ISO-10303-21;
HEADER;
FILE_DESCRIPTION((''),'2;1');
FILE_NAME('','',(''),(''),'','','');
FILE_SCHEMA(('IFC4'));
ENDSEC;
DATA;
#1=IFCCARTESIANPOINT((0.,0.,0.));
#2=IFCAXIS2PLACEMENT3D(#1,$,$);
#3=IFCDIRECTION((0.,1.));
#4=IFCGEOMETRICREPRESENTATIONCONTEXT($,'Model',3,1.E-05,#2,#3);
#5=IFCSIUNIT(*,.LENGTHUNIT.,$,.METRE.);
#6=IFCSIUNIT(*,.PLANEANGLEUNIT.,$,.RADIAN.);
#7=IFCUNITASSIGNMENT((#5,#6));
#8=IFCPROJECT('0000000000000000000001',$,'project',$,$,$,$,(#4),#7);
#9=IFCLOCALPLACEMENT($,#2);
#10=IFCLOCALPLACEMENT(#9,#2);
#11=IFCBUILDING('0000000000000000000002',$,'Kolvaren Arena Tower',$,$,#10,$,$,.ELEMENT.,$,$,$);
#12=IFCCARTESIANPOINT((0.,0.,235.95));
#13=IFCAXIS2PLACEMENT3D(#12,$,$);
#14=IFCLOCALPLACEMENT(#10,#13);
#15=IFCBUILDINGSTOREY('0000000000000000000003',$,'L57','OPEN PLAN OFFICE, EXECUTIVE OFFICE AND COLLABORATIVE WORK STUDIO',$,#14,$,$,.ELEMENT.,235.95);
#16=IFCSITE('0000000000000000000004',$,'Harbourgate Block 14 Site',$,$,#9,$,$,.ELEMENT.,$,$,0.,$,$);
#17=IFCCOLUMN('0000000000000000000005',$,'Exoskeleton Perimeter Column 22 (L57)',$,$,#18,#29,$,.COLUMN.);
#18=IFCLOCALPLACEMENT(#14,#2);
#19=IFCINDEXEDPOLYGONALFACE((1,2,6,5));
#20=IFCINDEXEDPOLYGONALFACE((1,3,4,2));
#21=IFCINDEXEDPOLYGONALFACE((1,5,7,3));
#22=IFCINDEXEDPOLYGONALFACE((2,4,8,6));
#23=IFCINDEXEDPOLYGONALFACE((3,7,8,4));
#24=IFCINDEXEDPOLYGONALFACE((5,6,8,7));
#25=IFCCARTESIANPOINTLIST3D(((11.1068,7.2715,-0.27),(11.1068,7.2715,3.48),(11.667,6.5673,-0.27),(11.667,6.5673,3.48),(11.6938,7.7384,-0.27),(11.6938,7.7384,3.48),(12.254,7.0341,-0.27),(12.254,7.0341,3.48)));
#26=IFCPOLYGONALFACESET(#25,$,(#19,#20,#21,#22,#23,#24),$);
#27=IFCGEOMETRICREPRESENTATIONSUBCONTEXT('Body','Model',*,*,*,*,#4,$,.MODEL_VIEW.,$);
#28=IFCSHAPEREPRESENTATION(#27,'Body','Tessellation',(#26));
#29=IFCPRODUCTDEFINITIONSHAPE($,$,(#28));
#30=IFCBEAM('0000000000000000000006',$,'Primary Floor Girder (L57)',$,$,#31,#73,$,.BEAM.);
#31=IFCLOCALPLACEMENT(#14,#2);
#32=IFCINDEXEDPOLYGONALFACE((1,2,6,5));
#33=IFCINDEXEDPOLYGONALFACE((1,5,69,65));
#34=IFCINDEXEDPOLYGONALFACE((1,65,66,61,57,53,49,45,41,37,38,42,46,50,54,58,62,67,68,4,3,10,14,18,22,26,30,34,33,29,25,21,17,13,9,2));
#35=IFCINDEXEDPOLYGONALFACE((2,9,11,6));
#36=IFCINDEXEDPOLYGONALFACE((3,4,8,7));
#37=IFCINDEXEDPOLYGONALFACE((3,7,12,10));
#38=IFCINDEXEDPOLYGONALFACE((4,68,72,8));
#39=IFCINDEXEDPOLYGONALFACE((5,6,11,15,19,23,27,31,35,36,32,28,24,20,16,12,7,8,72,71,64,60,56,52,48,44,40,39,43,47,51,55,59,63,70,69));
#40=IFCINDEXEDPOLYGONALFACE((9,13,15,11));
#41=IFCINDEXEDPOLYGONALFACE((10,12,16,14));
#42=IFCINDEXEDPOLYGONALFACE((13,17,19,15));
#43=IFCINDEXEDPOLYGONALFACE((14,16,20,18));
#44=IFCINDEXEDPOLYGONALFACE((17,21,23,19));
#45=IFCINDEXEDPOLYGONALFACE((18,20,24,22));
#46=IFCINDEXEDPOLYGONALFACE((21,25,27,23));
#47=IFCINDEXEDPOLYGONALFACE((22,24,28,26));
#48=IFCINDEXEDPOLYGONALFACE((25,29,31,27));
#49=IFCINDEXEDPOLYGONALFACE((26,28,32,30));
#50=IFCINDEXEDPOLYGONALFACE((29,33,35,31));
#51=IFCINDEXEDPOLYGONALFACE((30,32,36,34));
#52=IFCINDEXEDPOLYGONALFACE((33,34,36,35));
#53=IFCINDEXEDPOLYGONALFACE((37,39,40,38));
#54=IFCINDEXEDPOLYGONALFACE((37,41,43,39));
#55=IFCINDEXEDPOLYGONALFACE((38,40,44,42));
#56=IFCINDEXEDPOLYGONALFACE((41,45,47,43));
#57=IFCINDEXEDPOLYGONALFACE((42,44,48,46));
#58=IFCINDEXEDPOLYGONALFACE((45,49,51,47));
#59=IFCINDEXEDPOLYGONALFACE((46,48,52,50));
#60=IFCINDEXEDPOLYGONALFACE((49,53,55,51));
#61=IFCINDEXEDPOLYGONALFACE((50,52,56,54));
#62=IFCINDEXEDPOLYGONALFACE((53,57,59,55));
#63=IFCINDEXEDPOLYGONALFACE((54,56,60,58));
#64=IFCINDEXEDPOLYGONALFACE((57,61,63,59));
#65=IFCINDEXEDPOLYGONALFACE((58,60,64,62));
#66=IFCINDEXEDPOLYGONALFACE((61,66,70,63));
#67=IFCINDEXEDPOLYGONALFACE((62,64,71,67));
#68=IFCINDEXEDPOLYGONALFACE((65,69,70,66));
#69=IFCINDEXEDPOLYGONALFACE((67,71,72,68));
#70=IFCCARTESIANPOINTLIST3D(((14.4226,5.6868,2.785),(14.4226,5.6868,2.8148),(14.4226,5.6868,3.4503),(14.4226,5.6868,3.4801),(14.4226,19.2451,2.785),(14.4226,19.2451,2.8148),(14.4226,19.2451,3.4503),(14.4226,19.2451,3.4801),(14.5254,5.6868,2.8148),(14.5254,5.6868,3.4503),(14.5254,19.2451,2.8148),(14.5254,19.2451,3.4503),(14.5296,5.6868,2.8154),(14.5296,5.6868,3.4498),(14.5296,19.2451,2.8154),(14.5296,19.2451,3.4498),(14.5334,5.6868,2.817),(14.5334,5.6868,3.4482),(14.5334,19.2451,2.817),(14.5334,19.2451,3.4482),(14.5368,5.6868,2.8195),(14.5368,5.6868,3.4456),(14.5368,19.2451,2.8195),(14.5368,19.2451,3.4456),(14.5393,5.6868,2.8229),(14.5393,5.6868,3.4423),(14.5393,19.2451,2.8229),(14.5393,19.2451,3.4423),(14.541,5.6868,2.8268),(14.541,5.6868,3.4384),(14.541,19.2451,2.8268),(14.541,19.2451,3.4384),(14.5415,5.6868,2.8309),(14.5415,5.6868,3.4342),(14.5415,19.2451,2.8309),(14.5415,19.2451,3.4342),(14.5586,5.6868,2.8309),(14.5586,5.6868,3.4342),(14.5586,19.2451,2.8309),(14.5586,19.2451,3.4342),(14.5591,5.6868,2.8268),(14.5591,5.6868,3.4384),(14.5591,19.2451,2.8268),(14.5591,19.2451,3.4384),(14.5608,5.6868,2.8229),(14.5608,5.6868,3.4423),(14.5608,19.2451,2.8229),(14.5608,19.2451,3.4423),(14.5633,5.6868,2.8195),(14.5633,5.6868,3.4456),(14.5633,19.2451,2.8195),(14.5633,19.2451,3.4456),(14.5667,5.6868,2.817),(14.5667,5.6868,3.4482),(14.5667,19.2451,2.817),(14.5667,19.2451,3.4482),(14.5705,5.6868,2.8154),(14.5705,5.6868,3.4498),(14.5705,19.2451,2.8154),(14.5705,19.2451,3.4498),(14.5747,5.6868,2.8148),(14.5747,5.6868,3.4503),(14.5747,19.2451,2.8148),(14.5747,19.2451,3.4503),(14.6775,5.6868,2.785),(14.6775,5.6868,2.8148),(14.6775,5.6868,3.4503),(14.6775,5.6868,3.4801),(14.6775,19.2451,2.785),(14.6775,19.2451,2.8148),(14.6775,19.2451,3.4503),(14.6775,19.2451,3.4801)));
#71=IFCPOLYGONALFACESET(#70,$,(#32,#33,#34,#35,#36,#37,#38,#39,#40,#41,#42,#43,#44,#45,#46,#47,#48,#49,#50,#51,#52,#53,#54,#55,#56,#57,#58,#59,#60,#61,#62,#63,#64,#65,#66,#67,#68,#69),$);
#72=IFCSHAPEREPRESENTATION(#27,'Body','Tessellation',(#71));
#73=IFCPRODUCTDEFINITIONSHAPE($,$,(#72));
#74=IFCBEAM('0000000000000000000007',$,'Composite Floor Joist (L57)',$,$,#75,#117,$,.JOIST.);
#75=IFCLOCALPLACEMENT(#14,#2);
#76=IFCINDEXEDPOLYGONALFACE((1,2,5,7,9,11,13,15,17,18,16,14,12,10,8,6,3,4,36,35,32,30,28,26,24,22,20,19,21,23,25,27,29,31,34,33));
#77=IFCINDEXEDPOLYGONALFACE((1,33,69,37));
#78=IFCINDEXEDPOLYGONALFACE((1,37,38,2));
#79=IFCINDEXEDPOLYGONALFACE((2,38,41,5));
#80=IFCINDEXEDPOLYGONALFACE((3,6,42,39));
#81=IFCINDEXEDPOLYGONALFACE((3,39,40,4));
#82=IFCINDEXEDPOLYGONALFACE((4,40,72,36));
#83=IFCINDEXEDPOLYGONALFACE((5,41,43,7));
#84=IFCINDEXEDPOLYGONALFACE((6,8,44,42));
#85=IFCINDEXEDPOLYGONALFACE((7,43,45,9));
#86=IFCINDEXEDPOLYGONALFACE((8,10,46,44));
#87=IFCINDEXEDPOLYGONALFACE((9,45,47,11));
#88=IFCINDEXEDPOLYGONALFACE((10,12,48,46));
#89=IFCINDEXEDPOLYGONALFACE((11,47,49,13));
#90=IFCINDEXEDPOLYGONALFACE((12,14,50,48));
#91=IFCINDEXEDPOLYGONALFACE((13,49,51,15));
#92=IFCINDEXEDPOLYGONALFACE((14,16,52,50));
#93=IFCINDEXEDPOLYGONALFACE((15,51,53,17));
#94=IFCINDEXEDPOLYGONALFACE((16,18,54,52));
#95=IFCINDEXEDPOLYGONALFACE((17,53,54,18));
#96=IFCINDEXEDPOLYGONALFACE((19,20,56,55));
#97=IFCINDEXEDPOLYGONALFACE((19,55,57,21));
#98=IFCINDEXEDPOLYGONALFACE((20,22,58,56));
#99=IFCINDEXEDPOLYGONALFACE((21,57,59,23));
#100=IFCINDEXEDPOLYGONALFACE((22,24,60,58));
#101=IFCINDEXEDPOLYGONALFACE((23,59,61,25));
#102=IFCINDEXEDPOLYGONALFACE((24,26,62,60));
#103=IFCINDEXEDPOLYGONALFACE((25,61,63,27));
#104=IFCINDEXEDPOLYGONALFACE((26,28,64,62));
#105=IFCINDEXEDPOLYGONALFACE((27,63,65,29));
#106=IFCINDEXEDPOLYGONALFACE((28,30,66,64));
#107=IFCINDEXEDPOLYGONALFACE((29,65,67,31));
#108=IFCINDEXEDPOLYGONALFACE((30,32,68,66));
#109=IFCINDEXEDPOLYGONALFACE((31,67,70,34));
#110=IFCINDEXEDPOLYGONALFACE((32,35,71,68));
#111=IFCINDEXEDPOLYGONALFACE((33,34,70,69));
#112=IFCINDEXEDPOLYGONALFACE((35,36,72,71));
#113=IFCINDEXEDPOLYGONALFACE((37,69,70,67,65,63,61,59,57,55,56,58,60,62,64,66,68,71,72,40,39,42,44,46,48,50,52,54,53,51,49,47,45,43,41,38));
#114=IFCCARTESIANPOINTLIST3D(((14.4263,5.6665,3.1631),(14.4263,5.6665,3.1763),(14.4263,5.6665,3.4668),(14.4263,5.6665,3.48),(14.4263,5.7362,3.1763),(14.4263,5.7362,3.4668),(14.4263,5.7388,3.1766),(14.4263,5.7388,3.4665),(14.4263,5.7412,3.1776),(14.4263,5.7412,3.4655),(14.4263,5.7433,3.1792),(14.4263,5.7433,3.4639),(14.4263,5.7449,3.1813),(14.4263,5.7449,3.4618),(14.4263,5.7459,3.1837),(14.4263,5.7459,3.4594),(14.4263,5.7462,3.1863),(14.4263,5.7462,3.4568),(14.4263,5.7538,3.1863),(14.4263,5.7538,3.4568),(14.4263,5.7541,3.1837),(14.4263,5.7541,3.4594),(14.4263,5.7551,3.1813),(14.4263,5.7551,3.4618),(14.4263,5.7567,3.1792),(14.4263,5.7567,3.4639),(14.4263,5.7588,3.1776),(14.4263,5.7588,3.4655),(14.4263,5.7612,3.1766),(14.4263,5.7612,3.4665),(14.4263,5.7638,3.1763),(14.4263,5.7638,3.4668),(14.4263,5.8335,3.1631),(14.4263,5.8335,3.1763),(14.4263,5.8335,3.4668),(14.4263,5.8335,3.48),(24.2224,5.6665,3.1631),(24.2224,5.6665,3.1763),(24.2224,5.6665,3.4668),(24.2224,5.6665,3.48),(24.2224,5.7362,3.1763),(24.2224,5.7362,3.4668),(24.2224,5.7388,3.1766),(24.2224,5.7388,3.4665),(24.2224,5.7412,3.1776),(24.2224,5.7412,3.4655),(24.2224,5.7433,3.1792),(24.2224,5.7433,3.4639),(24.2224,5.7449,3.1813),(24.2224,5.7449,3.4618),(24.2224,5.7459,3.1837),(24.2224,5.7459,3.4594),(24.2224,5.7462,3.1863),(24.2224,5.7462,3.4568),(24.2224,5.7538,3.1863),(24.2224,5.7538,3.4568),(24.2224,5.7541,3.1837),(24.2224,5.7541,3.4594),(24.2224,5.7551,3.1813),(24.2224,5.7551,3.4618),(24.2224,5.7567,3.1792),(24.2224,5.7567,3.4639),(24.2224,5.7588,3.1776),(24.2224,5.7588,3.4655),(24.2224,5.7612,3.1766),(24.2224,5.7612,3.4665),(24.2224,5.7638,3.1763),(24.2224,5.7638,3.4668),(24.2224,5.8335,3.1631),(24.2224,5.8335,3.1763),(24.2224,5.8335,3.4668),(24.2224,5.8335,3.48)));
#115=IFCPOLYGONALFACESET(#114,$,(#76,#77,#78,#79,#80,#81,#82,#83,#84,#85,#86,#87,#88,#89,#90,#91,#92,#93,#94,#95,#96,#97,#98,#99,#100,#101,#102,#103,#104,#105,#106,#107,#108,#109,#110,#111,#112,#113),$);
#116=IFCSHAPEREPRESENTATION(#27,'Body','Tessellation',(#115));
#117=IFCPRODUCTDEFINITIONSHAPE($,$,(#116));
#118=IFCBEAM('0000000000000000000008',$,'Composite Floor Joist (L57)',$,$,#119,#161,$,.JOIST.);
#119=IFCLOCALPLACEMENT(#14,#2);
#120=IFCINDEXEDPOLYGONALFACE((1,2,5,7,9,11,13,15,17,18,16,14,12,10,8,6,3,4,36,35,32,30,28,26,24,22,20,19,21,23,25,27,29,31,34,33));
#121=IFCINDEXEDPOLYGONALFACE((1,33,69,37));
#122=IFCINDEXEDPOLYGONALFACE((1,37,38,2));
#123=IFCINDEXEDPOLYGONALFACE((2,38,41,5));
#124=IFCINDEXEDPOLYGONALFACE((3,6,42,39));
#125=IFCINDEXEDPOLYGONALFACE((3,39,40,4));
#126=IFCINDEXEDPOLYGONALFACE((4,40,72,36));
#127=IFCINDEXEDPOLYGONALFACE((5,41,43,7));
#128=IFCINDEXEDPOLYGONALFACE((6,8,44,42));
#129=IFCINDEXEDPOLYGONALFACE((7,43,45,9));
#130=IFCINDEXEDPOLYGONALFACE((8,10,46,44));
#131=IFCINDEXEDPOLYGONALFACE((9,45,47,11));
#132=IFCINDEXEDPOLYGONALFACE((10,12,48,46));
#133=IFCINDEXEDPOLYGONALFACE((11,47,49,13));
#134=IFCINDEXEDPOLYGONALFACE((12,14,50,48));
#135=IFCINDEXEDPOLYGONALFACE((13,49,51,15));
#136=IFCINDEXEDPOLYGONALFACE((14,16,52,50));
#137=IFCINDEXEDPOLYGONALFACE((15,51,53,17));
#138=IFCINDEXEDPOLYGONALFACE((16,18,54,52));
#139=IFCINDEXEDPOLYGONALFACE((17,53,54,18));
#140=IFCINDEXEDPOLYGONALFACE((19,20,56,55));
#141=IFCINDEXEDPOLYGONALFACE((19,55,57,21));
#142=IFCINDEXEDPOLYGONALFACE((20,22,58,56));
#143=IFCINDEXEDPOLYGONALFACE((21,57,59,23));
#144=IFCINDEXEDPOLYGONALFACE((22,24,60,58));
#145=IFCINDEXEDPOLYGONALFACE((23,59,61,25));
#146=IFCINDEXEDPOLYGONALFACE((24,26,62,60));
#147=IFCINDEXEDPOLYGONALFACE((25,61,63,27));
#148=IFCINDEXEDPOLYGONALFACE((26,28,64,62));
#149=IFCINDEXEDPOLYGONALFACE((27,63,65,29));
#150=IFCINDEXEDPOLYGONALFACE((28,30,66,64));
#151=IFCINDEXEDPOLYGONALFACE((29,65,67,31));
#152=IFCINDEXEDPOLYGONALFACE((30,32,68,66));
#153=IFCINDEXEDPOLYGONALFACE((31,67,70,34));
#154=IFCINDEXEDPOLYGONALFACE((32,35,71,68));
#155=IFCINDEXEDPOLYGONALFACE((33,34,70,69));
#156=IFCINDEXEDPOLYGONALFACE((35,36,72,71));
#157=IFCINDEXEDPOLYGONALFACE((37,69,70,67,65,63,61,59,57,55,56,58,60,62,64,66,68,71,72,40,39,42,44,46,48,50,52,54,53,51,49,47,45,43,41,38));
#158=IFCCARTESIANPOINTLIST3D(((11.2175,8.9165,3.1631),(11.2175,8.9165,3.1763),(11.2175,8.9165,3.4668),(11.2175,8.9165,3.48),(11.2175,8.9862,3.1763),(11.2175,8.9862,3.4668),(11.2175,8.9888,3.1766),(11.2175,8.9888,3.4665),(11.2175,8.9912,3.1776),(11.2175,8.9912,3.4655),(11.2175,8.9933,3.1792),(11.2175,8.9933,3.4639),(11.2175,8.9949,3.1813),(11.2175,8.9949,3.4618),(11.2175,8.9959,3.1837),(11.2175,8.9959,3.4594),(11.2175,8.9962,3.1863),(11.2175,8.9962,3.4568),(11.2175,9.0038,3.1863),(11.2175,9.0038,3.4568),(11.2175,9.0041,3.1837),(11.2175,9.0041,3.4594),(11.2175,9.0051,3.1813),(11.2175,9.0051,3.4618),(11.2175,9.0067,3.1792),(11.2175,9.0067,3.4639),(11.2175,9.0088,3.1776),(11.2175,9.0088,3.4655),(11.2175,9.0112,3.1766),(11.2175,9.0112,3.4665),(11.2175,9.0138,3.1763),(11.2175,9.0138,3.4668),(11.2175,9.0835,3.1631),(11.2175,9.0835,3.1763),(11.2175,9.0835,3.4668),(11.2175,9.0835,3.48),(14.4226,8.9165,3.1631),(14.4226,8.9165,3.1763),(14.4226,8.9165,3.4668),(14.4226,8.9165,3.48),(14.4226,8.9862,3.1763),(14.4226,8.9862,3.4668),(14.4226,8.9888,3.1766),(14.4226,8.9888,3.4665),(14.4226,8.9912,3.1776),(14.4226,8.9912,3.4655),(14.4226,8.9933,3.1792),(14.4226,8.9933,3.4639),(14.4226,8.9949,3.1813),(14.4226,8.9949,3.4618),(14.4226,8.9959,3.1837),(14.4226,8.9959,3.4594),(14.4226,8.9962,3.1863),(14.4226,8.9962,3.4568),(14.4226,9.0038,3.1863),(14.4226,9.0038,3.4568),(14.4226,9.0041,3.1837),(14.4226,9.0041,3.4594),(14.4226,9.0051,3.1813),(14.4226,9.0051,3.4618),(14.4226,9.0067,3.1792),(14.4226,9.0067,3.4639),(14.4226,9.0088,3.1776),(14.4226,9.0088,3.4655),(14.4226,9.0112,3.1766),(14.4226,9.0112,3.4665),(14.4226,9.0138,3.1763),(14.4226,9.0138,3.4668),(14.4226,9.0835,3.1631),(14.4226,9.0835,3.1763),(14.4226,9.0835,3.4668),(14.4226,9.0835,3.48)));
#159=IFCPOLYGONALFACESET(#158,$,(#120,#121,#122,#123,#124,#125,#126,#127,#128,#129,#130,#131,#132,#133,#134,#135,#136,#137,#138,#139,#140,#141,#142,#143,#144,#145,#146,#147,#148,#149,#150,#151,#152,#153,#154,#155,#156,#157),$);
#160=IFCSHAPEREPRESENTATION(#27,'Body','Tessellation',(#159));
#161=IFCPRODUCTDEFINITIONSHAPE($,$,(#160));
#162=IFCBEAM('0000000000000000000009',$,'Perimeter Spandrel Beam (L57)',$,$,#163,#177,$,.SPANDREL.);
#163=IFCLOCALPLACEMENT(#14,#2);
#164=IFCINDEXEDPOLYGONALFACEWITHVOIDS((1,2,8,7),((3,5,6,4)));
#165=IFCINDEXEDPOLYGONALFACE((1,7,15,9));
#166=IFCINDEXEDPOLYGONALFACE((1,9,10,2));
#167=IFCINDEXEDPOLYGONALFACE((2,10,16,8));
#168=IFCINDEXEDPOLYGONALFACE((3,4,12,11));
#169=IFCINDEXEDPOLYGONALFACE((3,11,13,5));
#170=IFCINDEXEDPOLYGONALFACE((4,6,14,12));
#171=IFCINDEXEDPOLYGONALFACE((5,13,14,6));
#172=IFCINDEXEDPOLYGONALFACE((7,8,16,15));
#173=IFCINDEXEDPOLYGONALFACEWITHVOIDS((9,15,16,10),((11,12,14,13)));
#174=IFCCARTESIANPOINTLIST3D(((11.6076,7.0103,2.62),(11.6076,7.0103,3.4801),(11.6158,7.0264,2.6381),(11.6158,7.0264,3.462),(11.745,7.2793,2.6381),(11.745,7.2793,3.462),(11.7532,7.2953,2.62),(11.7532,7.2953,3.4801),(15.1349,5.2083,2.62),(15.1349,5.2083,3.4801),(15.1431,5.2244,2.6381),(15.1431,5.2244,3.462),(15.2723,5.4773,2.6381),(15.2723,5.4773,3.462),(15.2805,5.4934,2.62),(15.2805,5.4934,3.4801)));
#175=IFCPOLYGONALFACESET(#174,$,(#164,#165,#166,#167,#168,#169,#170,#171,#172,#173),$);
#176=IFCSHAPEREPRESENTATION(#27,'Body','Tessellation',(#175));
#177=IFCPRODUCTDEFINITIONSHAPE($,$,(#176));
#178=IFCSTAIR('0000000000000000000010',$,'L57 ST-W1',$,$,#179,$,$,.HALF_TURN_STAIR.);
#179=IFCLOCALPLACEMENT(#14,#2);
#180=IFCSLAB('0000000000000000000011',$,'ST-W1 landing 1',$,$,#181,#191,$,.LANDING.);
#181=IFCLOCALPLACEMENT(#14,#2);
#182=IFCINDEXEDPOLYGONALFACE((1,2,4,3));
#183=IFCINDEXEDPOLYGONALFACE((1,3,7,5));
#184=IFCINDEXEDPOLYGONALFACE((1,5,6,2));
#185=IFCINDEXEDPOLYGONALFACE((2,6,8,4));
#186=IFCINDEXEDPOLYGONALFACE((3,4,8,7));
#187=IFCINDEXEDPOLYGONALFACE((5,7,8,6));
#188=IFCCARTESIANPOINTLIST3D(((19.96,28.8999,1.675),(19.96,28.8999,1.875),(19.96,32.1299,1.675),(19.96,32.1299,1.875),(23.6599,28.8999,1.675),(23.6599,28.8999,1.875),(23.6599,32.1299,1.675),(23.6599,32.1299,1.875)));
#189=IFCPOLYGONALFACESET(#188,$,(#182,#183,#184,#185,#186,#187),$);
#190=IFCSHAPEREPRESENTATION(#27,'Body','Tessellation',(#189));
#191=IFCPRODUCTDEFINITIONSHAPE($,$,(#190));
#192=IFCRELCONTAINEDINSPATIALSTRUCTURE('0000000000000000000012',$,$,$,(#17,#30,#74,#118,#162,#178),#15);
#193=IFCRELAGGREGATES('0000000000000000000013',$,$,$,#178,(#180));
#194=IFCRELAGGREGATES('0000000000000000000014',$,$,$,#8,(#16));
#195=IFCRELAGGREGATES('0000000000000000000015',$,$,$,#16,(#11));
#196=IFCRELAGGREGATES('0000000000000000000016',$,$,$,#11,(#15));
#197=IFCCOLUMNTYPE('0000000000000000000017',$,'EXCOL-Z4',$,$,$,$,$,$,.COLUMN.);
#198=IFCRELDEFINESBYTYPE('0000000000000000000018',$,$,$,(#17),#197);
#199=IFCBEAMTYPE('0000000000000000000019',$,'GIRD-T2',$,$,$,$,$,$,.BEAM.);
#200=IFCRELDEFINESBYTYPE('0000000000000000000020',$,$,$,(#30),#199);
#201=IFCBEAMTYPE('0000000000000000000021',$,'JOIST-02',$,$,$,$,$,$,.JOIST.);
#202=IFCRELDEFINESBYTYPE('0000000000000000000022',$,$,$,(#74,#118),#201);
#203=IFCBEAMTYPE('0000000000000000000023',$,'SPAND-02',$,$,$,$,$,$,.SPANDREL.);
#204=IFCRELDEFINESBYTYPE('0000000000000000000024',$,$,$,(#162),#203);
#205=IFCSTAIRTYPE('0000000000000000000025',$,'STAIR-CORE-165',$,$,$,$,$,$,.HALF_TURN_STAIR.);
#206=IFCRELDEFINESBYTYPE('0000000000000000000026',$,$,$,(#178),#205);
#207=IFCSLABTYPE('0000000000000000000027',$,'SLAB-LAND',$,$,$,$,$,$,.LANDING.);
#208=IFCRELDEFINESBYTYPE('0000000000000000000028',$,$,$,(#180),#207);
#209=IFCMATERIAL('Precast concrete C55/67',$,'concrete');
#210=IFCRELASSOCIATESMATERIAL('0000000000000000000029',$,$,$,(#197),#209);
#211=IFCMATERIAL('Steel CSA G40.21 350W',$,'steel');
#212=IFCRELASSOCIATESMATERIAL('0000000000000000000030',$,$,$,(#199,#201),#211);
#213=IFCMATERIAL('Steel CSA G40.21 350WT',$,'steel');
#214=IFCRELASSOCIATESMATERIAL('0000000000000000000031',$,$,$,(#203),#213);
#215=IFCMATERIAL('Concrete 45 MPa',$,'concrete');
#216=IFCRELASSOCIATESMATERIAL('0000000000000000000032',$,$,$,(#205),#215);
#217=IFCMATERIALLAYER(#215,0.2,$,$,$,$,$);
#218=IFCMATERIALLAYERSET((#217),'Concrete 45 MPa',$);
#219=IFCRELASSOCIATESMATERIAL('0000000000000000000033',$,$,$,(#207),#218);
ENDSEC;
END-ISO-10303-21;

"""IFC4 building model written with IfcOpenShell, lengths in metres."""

from ifc_helpers import new_model, si_unit, direction, frame, origin, origin_2d, place, context, subcontext, project, spatial, polyline, rectangle, hollow_rectangle, i_section, outline, extrude, material, layer, layer_set, material_profile, profile_set, type_object, element, aggregate, save


model = new_model("IFC4")

# Units and contexts
model_context = context("Model", 3, precision=1e-05, world=origin(), true_north=direction((0.0, 1.0)))
body_context = subcontext(model_context, "Body", "Model", "MODEL_VIEW")
ifc_project = project(units=[si_unit("LENGTHUNIT", "METRE"), si_unit("PLANEANGLEUNIT", "RADIAN")], contexts=[model_context])

# Site, building, storey
site_placement = place(None, origin())
site = spatial("IfcSite", under=ifc_project, at=site_placement, Name="Harbourgate Block 14 Site", CompositionType="ELEMENT", RefElevation=0.0)
building_placement = place(site_placement, origin())
building = spatial("IfcBuilding", under=site, at=building_placement, Name="Kolvaren Arena Tower", CompositionType="ELEMENT")
storey_placement = place(building_placement, frame((0.0, 0.0, 235.95)))
storey = spatial("IfcBuildingStorey", under=building, at=storey_placement, Name="L57", Description="OPEN PLAN OFFICE, EXECUTIVE OFFICE AND COLLABORATIVE WORK STUDIO", CompositionType="ELEMENT", Elevation=235.95)

# Column
ifc_material_1 = material(Name="Precast concrete C55/67", Category="concrete")
ifc_material_profile_1 = material_profile(ifc_material_1, rectangle(XDim=0.8999, YDim=0.75, at=origin_2d()), Name="RC-900x750")
ifc_profile_set_1 = profile_set([ifc_material_profile_1], Name="Precast concrete C55/67")
column_type = type_object("IfcColumnType", Name="EXCOL-Z4", PredefinedType="COLUMN", material=ifc_profile_set_1)
column_placement = place(storey_placement, frame((11.6804, 7.1528, -0.27), z_axis=(0.0, 0.0, 1.0), x_axis=(-0.622515, 0.782608, 0.0)))
element("IfcColumn", 1, at=column_placement, inside=storey, type_object=column_type, Name="Exoskeleton Perimeter Column 22 (L57)", PredefinedType="COLUMN", context=body_context, shape_type="SweptSolid", body=[
    extrude(rectangle(XDim=0.8999, YDim=0.75, at=origin_2d()), origin(), (0.0, 0.0, 1.0), 3.75),
])

# Beams
ifc_material_2 = material(Name="Steel CSA G40.21 350W", Category="steel")
ifc_material_profile_2 = material_profile(ifc_material_2, i_section(OverallWidth=0.2549, OverallDepth=0.6951, WebThickness=0.0171, FlangeThickness=0.0298, FilletRadius=0.0161, at=origin_2d()), Name="W690x217")
ifc_profile_set_2 = profile_set([ifc_material_profile_2], Name="Steel CSA G40.21 350W")
beam_type_1 = type_object("IfcBeamType", Name="GIRD-T2", PredefinedType="BEAM", material=ifc_profile_set_2)
beam_1_placement = place(storey_placement, frame((14.55, 5.6868, 3.1326), z_axis=(0.0, 1.0, 0.0), x_axis=(-1.0, 0.0, 0.0)))
element("IfcBeam", 2, at=beam_1_placement, inside=storey, type_object=beam_type_1, Name="Primary Floor Girder (L57)", PredefinedType="BEAM", context=body_context, shape_type="SweptSolid", body=[
    extrude(i_section(OverallWidth=0.2549, OverallDepth=0.6951, WebThickness=0.0171, FlangeThickness=0.0298, FilletRadius=0.0161, at=origin_2d()), origin(), (0.0, 0.0, 1.0), 13.5583),
])
ifc_material_profile_3 = material_profile(ifc_material_2, i_section(OverallWidth=0.167, OverallDepth=0.3169, WebThickness=0.0076, FlangeThickness=0.0132, FilletRadius=0.01, at=origin_2d()), Name="W310x52")
ifc_profile_set_3 = profile_set([ifc_material_profile_3], Name="Steel CSA G40.21 350W")
beam_type_2 = type_object("IfcBeamType", Name="JOIST-02", PredefinedType="JOIST", material=ifc_profile_set_3)
beam_2_placement = place(storey_placement, frame((14.4263, 5.75, 3.3215), z_axis=(1.0, 0.0, 0.0), x_axis=(0.0, 1.0, 0.0)))
element("IfcBeam", 3, at=beam_2_placement, inside=storey, type_object=beam_type_2, Name="Composite Floor Joist (L57)", PredefinedType="JOIST", context=body_context, shape_type="SweptSolid", body=[
    extrude(i_section(OverallWidth=0.167, OverallDepth=0.3169, WebThickness=0.0076, FlangeThickness=0.0132, FilletRadius=0.01, at=origin_2d()), origin(), (0.0, 0.0, 1.0), 9.7961),
])
beam_3_placement = place(storey_placement, frame((11.2175, 9.0, 3.3215), z_axis=(1.0, 0.0, 0.0), x_axis=(0.0, 1.0, 0.0)))
element("IfcBeam", 4, at=beam_3_placement, inside=storey, type_object=beam_type_2, Name="Composite Floor Joist (L57)", PredefinedType="JOIST", context=body_context, shape_type="SweptSolid", body=[
    extrude(i_section(OverallWidth=0.167, OverallDepth=0.3169, WebThickness=0.0076, FlangeThickness=0.0132, FilletRadius=0.01, at=origin_2d()), origin(), (0.0, 0.0, 1.0), 3.2051),
])
ifc_material_3 = material(Name="Steel CSA G40.21 350WT", Category="steel")
ifc_material_profile_4 = material_profile(ifc_material_3, hollow_rectangle(XDim=0.3201, YDim=0.8601, WallThickness=0.0181, at=origin_2d()), Name="HSS 860x320x18")
ifc_profile_set_4 = profile_set([ifc_material_profile_4], Name="Steel CSA G40.21 350WT")
beam_type_3 = type_object("IfcBeamType", Name="SPAND-02", PredefinedType="SPANDREL", material=ifc_profile_set_4)
beam_4_placement = place(storey_placement, frame((11.6804, 7.1528, 3.05), z_axis=(0.890523, -0.454938, 0.0), x_axis=(0.454938, 0.890523, 0.0)))
element("IfcBeam", 5, at=beam_4_placement, inside=storey, type_object=beam_type_3, Name="Perimeter Spandrel Beam (L57)", PredefinedType="SPANDREL", context=body_context, shape_type="SweptSolid", body=[
    extrude(hollow_rectangle(XDim=0.3201, YDim=0.8601, WallThickness=0.0181, at=origin_2d()), origin(), (0.0, 0.0, 1.0), 3.9609),
])

# Stair, slab
ifc_material_4 = material(Name="Concrete 45 MPa", Category="concrete")
stair_type_1 = type_object("IfcStairType", Name="STAIR-CORE-165", PredefinedType="HALF_TURN_STAIR", material=ifc_material_4)
stair_1_placement = place(storey_placement, origin())
stair_1 = element("IfcStair", 6, at=stair_1_placement, inside=storey, type_object=stair_type_1, Name="L57 ST-W1", PredefinedType="HALF_TURN_STAIR")
ifc_layer_1 = layer(ifc_material_4, 0.2)
ifc_layer_set_1 = layer_set([ifc_layer_1], Name="Concrete 45 MPa")
slab_type_1 = type_object("IfcSlabType", Name="SLAB-LAND", PredefinedType="LANDING", material=ifc_layer_set_1)
slab_1_placement = place(storey_placement, frame((0.0, 0.0, 1.675)))
slab_1 = element("IfcSlab", 7, at=slab_1_placement, type_object=slab_type_1, Name="ST-W1 landing 1", PredefinedType="LANDING", context=body_context, shape_type="SweptSolid", body=[
    extrude(outline(polyline([(19.96, 28.8999), (23.6599, 28.8999), (23.6599, 32.1299), (19.96, 32.1299), (19.96, 28.8999)])), origin(), (0.0, 0.0, 1.0), 0.2),
])
aggregate(stair_1, [slab_1])

save(model, "model.ifc")
